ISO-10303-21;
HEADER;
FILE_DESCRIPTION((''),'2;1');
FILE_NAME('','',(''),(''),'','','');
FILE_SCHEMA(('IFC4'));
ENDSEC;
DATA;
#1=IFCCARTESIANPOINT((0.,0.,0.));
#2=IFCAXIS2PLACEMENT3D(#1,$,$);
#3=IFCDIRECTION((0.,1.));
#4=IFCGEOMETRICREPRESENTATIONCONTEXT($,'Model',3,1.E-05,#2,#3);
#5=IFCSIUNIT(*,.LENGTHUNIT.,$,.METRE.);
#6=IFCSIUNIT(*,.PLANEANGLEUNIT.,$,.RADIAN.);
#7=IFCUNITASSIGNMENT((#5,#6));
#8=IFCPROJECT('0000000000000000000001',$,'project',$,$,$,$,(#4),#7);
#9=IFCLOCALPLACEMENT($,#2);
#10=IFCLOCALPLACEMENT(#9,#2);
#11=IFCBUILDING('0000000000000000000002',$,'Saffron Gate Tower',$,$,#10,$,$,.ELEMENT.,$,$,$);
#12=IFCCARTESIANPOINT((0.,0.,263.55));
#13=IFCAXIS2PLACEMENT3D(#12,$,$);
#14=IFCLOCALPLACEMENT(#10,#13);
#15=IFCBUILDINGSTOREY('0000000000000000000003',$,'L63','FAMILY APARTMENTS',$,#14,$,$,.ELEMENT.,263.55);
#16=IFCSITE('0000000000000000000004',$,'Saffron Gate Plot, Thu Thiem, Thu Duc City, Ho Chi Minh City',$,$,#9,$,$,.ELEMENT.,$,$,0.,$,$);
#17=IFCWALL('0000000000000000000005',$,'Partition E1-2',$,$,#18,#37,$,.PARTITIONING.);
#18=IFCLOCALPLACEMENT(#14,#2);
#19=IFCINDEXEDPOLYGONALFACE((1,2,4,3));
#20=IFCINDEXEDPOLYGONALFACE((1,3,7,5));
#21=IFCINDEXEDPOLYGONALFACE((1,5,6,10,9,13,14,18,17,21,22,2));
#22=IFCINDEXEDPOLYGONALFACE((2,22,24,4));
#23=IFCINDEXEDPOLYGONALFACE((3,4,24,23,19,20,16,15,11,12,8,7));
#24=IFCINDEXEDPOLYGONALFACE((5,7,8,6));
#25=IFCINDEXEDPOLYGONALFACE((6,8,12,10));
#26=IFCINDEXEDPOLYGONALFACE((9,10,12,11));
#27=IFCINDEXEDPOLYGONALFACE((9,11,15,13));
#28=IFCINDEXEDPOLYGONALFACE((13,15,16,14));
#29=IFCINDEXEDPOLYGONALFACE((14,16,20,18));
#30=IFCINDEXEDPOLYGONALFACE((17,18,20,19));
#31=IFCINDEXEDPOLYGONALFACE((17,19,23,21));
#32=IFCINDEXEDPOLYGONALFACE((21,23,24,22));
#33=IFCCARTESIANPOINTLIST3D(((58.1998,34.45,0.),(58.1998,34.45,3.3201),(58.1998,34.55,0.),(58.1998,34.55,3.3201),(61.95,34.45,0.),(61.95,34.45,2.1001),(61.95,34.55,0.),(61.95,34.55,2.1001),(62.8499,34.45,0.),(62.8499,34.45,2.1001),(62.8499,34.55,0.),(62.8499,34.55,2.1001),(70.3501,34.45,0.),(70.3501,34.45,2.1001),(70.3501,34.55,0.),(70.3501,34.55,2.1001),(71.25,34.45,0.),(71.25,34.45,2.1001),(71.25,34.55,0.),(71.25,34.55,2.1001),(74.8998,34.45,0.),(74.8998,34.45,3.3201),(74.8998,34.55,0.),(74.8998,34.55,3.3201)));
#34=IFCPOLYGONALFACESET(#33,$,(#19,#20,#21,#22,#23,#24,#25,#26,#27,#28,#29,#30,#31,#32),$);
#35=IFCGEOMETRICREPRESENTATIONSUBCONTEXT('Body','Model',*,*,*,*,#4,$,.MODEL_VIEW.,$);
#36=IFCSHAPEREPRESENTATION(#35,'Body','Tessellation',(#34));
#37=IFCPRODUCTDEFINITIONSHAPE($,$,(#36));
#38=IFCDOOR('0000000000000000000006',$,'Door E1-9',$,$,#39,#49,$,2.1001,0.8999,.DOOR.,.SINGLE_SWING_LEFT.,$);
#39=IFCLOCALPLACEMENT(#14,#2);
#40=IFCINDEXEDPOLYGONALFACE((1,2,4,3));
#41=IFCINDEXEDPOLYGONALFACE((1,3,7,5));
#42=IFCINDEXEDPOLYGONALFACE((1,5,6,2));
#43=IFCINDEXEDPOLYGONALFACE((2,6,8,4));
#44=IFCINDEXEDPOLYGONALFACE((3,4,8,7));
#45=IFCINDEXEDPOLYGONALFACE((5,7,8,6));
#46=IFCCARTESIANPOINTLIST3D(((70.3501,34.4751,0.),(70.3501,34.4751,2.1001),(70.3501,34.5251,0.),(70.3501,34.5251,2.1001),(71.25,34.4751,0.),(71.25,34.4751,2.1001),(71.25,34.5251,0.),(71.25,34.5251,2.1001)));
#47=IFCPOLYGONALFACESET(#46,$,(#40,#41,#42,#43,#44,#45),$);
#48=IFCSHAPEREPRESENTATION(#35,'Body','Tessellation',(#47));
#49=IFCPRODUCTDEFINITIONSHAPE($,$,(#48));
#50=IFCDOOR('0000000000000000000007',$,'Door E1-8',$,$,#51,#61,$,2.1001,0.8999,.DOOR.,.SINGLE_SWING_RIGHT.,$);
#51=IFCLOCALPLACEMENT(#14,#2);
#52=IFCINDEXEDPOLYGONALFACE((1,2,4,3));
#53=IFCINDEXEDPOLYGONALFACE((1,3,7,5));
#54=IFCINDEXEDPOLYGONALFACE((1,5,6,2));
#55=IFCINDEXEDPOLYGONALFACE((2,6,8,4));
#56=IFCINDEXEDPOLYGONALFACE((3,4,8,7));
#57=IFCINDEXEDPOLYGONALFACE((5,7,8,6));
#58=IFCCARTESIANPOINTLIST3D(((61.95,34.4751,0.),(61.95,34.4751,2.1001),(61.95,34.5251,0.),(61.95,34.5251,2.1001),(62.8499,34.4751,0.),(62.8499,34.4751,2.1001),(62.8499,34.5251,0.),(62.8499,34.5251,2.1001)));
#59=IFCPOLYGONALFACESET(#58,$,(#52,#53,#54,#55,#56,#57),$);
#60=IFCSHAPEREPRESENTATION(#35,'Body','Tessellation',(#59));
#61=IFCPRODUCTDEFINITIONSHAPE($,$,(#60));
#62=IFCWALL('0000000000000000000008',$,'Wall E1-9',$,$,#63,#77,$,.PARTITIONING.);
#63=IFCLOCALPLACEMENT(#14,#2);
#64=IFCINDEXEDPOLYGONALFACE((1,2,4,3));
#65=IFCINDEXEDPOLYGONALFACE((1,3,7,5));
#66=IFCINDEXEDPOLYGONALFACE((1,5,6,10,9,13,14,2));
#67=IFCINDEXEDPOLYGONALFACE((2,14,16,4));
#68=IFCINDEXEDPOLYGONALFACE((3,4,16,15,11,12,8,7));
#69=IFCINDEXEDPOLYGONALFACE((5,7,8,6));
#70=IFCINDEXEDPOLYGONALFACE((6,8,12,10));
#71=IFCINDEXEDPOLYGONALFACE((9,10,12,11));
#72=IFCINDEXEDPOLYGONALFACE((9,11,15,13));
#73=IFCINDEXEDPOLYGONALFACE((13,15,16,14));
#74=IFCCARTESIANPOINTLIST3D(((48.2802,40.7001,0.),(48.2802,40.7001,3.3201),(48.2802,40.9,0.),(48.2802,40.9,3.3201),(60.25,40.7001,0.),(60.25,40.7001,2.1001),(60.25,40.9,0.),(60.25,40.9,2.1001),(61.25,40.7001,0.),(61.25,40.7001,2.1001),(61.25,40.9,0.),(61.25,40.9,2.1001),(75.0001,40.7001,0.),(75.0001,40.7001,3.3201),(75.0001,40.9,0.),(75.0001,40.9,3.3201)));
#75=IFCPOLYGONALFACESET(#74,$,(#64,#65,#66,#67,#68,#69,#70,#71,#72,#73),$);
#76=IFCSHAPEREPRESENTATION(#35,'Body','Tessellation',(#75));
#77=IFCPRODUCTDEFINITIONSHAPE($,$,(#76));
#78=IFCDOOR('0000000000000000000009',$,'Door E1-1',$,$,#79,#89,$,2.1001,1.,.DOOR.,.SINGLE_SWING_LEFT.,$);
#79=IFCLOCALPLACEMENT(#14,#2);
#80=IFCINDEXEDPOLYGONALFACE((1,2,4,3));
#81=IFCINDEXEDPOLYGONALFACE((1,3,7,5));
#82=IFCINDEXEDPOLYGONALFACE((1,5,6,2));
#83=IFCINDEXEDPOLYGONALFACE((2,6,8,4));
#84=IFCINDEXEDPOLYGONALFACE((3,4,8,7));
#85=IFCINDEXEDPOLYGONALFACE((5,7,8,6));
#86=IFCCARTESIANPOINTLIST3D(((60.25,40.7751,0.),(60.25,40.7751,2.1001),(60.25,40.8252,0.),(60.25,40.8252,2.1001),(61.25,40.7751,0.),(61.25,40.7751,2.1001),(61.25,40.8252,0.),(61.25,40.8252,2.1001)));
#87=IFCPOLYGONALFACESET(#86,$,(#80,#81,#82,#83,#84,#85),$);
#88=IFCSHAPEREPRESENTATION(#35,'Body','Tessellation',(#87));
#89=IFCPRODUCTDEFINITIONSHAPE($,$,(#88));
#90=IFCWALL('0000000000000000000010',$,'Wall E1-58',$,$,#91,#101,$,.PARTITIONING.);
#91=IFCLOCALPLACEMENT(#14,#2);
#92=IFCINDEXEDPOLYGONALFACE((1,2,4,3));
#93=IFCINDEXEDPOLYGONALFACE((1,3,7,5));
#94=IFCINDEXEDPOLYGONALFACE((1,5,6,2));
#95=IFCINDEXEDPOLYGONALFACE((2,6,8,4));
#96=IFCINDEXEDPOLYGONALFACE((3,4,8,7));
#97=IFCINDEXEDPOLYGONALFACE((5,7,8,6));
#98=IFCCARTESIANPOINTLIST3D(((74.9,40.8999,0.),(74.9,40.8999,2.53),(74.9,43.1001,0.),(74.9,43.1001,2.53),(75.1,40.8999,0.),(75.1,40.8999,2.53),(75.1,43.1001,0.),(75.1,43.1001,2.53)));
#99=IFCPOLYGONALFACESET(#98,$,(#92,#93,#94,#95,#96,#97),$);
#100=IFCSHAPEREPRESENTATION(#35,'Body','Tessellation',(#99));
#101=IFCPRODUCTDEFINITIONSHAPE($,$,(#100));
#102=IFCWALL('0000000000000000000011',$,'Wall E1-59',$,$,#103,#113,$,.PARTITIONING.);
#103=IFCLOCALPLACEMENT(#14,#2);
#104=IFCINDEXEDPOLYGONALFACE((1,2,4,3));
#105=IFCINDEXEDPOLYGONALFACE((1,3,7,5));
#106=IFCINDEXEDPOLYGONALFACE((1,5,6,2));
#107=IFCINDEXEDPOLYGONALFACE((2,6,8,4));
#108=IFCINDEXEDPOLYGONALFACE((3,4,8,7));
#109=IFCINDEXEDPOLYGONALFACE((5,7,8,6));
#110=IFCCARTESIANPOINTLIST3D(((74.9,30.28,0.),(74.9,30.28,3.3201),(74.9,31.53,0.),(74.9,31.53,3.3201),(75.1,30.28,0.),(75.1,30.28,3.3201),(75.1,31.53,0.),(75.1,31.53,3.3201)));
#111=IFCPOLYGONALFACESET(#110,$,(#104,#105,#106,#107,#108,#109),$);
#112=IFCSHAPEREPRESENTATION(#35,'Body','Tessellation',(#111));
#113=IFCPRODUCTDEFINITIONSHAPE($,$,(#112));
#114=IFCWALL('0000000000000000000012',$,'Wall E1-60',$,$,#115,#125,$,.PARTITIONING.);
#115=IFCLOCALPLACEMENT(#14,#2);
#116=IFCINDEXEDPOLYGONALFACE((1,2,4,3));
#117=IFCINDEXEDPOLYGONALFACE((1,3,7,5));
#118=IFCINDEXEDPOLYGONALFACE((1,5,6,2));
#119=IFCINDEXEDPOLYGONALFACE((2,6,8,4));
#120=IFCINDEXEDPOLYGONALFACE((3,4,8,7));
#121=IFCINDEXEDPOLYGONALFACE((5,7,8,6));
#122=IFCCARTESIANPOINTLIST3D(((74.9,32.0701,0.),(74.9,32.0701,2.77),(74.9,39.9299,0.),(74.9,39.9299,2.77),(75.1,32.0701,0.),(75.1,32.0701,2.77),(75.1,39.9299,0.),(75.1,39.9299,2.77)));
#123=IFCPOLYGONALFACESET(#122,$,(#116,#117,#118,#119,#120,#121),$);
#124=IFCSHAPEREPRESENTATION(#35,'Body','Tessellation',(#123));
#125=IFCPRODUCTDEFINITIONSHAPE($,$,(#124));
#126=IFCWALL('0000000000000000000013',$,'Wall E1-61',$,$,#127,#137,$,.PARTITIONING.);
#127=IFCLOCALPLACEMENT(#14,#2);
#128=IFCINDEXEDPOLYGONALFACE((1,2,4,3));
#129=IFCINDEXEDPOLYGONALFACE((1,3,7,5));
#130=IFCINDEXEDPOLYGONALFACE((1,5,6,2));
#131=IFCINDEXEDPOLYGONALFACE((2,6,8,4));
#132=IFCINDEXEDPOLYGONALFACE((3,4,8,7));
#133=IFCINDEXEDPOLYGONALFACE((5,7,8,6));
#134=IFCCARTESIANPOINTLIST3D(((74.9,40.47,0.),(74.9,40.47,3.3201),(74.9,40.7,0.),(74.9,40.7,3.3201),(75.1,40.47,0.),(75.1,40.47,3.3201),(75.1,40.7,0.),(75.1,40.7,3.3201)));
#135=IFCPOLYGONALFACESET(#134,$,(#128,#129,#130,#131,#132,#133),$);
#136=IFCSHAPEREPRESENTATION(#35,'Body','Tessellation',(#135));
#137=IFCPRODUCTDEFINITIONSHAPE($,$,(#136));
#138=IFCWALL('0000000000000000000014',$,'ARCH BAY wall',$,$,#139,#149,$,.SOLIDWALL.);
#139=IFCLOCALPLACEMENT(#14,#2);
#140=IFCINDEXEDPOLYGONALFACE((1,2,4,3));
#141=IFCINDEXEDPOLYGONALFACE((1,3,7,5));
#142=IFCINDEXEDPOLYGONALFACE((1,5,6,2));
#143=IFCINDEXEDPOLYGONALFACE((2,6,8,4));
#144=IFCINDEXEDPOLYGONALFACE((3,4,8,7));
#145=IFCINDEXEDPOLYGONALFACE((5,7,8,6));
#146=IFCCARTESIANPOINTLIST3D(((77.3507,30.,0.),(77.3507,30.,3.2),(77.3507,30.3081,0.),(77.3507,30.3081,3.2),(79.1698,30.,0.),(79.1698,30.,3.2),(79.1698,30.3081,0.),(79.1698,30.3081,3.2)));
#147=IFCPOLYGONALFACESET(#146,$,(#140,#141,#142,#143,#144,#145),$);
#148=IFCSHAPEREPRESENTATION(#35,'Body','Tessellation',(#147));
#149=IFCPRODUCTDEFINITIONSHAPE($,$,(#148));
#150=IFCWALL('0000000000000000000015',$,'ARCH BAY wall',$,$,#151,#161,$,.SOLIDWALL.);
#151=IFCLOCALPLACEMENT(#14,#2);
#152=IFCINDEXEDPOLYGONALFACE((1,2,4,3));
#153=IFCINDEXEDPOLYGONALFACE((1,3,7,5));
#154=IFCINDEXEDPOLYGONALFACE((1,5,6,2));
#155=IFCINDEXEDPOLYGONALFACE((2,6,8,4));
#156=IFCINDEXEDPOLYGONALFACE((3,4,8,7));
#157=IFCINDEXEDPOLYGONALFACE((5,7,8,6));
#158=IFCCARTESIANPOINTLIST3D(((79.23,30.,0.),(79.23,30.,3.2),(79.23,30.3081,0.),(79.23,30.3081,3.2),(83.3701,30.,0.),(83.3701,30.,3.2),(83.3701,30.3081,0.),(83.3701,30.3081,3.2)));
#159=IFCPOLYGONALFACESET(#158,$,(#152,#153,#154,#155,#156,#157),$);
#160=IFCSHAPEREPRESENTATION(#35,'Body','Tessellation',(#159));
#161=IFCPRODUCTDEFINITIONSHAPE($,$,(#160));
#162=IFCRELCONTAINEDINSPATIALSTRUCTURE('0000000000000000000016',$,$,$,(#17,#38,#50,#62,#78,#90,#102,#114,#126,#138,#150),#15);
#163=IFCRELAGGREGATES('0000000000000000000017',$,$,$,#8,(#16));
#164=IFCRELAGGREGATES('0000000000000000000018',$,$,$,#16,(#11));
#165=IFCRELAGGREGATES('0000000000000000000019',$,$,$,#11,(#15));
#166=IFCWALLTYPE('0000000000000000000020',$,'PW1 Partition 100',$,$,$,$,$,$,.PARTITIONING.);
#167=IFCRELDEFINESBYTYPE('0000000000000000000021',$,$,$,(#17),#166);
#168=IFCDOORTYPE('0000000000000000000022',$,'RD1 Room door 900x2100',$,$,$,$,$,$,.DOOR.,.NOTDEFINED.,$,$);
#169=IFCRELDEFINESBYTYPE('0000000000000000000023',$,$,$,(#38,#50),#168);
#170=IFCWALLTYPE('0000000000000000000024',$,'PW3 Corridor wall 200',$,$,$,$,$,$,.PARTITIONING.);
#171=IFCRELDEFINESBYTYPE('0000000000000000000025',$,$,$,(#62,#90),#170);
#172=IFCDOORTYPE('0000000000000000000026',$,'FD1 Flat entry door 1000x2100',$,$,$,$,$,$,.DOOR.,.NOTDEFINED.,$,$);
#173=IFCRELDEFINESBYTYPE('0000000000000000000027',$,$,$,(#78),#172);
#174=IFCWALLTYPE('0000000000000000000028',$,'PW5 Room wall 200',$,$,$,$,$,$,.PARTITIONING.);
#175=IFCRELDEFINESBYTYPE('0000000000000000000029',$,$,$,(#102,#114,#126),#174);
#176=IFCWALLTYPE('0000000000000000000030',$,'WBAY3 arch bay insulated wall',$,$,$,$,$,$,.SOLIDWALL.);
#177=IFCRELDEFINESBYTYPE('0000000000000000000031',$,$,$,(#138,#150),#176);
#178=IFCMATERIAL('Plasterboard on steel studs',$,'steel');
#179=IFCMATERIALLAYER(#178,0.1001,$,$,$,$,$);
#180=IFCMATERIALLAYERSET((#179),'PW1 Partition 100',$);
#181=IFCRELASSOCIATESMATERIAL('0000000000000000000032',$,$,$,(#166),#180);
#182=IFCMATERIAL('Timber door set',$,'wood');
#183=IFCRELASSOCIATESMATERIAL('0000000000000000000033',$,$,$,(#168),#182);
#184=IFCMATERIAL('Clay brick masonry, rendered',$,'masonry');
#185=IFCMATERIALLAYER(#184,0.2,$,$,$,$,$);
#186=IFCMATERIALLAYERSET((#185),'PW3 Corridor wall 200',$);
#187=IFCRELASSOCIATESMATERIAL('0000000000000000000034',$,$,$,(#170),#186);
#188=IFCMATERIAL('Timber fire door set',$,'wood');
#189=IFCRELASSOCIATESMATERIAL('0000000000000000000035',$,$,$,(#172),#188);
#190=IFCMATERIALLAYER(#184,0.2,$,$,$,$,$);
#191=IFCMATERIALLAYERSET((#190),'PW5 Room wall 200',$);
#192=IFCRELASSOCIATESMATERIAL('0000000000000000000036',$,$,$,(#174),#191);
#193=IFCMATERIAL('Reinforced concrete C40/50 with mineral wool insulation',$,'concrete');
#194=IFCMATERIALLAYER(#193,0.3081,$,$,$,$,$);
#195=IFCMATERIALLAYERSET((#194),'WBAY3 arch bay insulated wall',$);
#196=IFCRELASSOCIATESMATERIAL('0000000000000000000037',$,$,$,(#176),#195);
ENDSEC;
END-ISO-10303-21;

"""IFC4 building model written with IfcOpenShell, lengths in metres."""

from ifc_helpers import new_model, si_unit, direction, frame, frame_2d, origin, place, context, subcontext, project, spatial, rectangle, extrude, material, layer, layer_set, type_object, element, fill, save


model = new_model("IFC4")

# Units and contexts
model_context = context("Model", 3, precision=1e-05, world=origin(), true_north=direction((0.0, 1.0)))
body_context = subcontext(model_context, "Body", "Model", "MODEL_VIEW")
ifc_project = project(units=[si_unit("LENGTHUNIT", "METRE"), si_unit("PLANEANGLEUNIT", "RADIAN")], contexts=[model_context])

# Site, building, storey
site_placement = place(None, origin())
site = spatial("IfcSite", under=ifc_project, at=site_placement, Name="Saffron Gate Plot, Thu Thiem, Thu Duc City, Ho Chi Minh City", CompositionType="ELEMENT", RefElevation=0.0)
building_placement = place(site_placement, origin())
building = spatial("IfcBuilding", under=site, at=building_placement, Name="Saffron Gate Tower", CompositionType="ELEMENT")
storey_placement = place(building_placement, frame((0.0, 0.0, 263.55)))
storey = spatial("IfcBuildingStorey", under=building, at=storey_placement, Name="L63", Description="FAMILY APARTMENTS", CompositionType="ELEMENT", Elevation=263.55)

# Wall, openings, doors
ifc_material_1 = material(Name="Plasterboard on steel studs", Category="steel")
ifc_layer_1 = layer(ifc_material_1, 0.1001)
ifc_layer_set_1 = layer_set([ifc_layer_1], Name="PW1 Partition 100")
wall_type_1 = type_object("IfcWallType", Name="PW1 Partition 100", PredefinedType="PARTITIONING", material=ifc_layer_set_1)
wall_1_placement = place(storey_placement, frame((74.8999, 34.5, 0.0), z_axis=(0.0, 0.0, 1.0), x_axis=(-1.0, 0.0, 0.0)))
wall_1 = element("IfcWall", 1, at=wall_1_placement, inside=storey, type_object=wall_type_1, Name="Partition E1-2", PredefinedType="PARTITIONING", context=body_context, shape_type="SweptSolid", body=[
    extrude(rectangle(XDim=16.7, YDim=0.1001, at=frame_2d((8.3501, 0.0))), origin(), (0.0, 0.0, 1.0), 3.3201),
])
opening_1_placement = place(wall_1_placement, frame((3.6499, 0.0, 0.0)))
opening_1 = element("IfcOpeningElement", 2, at=opening_1_placement, cuts=wall_1, PredefinedType="OPENING", context=body_context, shape_type="SweptSolid", body=[
    extrude(rectangle(XDim=0.8999, YDim=2.1001, at=frame_2d((0.45, 1.05))), frame((0.0, 0.0601, 0.0), z_axis=(0.0, -1.0, 0.0), x_axis=(1.0, 0.0, 0.0)), (0.0, 0.0, 1.0), 0.1201),
])
opening_2_placement = place(wall_1_placement, frame((12.05, 0.0, 0.0)))
opening_2 = element("IfcOpeningElement", 3, at=opening_2_placement, cuts=wall_1, PredefinedType="OPENING", context=body_context, shape_type="SweptSolid", body=[
    extrude(rectangle(XDim=0.8999, YDim=2.1001, at=frame_2d((0.45, 1.05))), frame((0.0, 0.0601, 0.0), z_axis=(0.0, -1.0, 0.0), x_axis=(1.0, 0.0, 0.0)), (0.0, 0.0, 1.0), 0.1201),
])
ifc_material_2 = material(Name="Timber door set", Category="wood")
door_type_1 = type_object("IfcDoorType", Name="RD1 Room door 900x2100", OperationType="NOTDEFINED", PredefinedType="DOOR", material=ifc_material_2)
door_1_placement = place(opening_1_placement, origin())
door_1 = element("IfcDoor", 4, at=door_1_placement, inside=storey, type_object=door_type_1, Name="Door E1-9", OperationType="SINGLE_SWING_LEFT", OverallHeight=2.1001, OverallWidth=0.8999, PredefinedType="DOOR", context=body_context, shape_type="SweptSolid", body=[
    extrude(rectangle(XDim=0.8999, YDim=2.1001, at=frame_2d((0.45, 1.05))), frame((0.0, 0.0249, 0.0), z_axis=(0.0, -1.0, 0.0), x_axis=(1.0, 0.0, 0.0)), (0.0, 0.0, 1.0), 0.05),
])
fill(opening_1, door_1)
door_2_placement = place(opening_2_placement, origin())
door_2 = element("IfcDoor", 5, at=door_2_placement, inside=storey, type_object=door_type_1, Name="Door E1-8", OperationType="SINGLE_SWING_RIGHT", OverallHeight=2.1001, OverallWidth=0.8999, PredefinedType="DOOR", context=body_context, shape_type="SweptSolid", body=[
    extrude(rectangle(XDim=0.8999, YDim=2.1001, at=frame_2d((0.45, 1.05))), frame((0.0, 0.0249, 0.0), z_axis=(0.0, -1.0, 0.0), x_axis=(1.0, 0.0, 0.0)), (0.0, 0.0, 1.0), 0.05),
])
fill(opening_2, door_2)

# Wall, opening, door
ifc_material_3 = material(Name="Clay brick masonry, rendered", Category="masonry")
ifc_layer_2 = layer(ifc_material_3, 0.2)
ifc_layer_set_2 = layer_set([ifc_layer_2], Name="PW3 Corridor wall 200")
wall_type_2 = type_object("IfcWallType", Name="PW3 Corridor wall 200", PredefinedType="PARTITIONING", material=ifc_layer_set_2)
wall_2_placement = place(storey_placement, frame((75.0, 40.8, 0.0), z_axis=(0.0, 0.0, 1.0), x_axis=(-1.0, 0.0, 0.0)))
wall_2 = element("IfcWall", 6, at=wall_2_placement, inside=storey, type_object=wall_type_2, Name="Wall E1-9", PredefinedType="PARTITIONING", context=body_context, shape_type="SweptSolid", body=[
    extrude(rectangle(XDim=26.72, YDim=0.2, at=frame_2d((13.3599, 0.0))), origin(), (0.0, 0.0, 1.0), 3.3201),
])
opening_3_placement = place(wall_2_placement, frame((13.75, 0.0, 0.0)))
opening_3 = element("IfcOpeningElement", 7, at=opening_3_placement, cuts=wall_2, PredefinedType="OPENING", context=body_context, shape_type="SweptSolid", body=[
    extrude(rectangle(XDim=1.0, YDim=2.1001, at=frame_2d((0.5, 1.05))), frame((0.0, 0.1099, 0.0), z_axis=(0.0, -1.0, 0.0), x_axis=(1.0, 0.0, 0.0)), (0.0, 0.0, 1.0), 0.22),
])
ifc_material_4 = material(Name="Timber fire door set", Category="wood")
door_type_2 = type_object("IfcDoorType", Name="FD1 Flat entry door 1000x2100", OperationType="NOTDEFINED", PredefinedType="DOOR", material=ifc_material_4)
door_3_placement = place(opening_3_placement, origin())
door_3 = element("IfcDoor", 8, at=door_3_placement, inside=storey, type_object=door_type_2, Name="Door E1-1", OperationType="SINGLE_SWING_LEFT", OverallHeight=2.1001, OverallWidth=1.0, PredefinedType="DOOR", context=body_context, shape_type="SweptSolid", body=[
    extrude(rectangle(XDim=1.0, YDim=2.1001, at=frame_2d((0.5, 1.05))), frame((0.0, 0.0249, 0.0), z_axis=(0.0, -1.0, 0.0), x_axis=(1.0, 0.0, 0.0)), (0.0, 0.0, 1.0), 0.05),
])
fill(opening_3, door_3)

# Walls
wall_3_placement = place(storey_placement, frame((75.0, 43.1001, 0.0), z_axis=(0.0, 0.0, 1.0), x_axis=(0.0, -1.0, 0.0)))
element("IfcWall", 9, at=wall_3_placement, inside=storey, type_object=wall_type_2, Name="Wall E1-58", PredefinedType="PARTITIONING", context=body_context, shape_type="SweptSolid", body=[
    extrude(rectangle(XDim=2.2002, YDim=0.2, at=frame_2d((1.1001, 0.0))), origin(), (0.0, 0.0, 1.0), 2.53),
])
ifc_layer_3 = layer(ifc_material_3, 0.2)
ifc_layer_set_3 = layer_set([ifc_layer_3], Name="PW5 Room wall 200")
wall_type_3 = type_object("IfcWallType", Name="PW5 Room wall 200", PredefinedType="PARTITIONING", material=ifc_layer_set_3)
wall_4_placement = place(storey_placement, frame((75.0, 31.53, 0.0), z_axis=(0.0, 0.0, 1.0), x_axis=(0.0, -1.0, 0.0)))
element("IfcWall", 10, at=wall_4_placement, inside=storey, type_object=wall_type_3, Name="Wall E1-59", PredefinedType="PARTITIONING", context=body_context, shape_type="SweptSolid", body=[
    extrude(rectangle(XDim=1.25, YDim=0.2, at=frame_2d((0.625, 0.0))), origin(), (0.0, 0.0, 1.0), 3.3201),
])
wall_5_placement = place(storey_placement, frame((75.0, 39.9299, 0.0), z_axis=(0.0, 0.0, 1.0), x_axis=(0.0, -1.0, 0.0)))
element("IfcWall", 11, at=wall_5_placement, inside=storey, type_object=wall_type_3, Name="Wall E1-60", PredefinedType="PARTITIONING", context=body_context, shape_type="SweptSolid", body=[
    extrude(rectangle(XDim=7.8599, YDim=0.2, at=frame_2d((3.9299, 0.0))), origin(), (0.0, 0.0, 1.0), 2.77),
])
wall_6_placement = place(storey_placement, frame((75.0, 40.7, 0.0), z_axis=(0.0, 0.0, 1.0), x_axis=(0.0, -1.0, 0.0)))
element("IfcWall", 12, at=wall_6_placement, inside=storey, type_object=wall_type_3, Name="Wall E1-61", PredefinedType="PARTITIONING", context=body_context, shape_type="SweptSolid", body=[
    extrude(rectangle(XDim=0.23, YDim=0.2, at=frame_2d((0.115, 0.0))), origin(), (0.0, 0.0, 1.0), 3.3201),
])
ifc_material_5 = material(Name="Reinforced concrete C40/50 with mineral wool insulation", Category="concrete")
ifc_layer_4 = layer(ifc_material_5, 0.3081)
ifc_layer_set_4 = layer_set([ifc_layer_4], Name="WBAY3 arch bay insulated wall")
wall_type_4 = type_object("IfcWallType", Name="WBAY3 arch bay insulated wall", PredefinedType="SOLIDWALL", material=ifc_layer_set_4)
wall_7_placement = place(storey_placement, frame((79.1699, 30.1541, 0.0), z_axis=(0.0, 0.0, 1.0), x_axis=(-1.0, 0.0, 0.0)))
element("IfcWall", 13, at=wall_7_placement, inside=storey, type_object=wall_type_4, Name="ARCH BAY wall", PredefinedType="SOLIDWALL", context=body_context, shape_type="SweptSolid", body=[
    extrude(rectangle(XDim=1.8191, YDim=0.3081, at=frame_2d((0.9097, 0.0))), origin(), (0.0, 0.0, 1.0), 3.2),
])
wall_8_placement = place(storey_placement, frame((83.3701, 30.1541, 0.0), z_axis=(0.0, 0.0, 1.0), x_axis=(-1.0, 0.0, 0.0)))
element("IfcWall", 14, at=wall_8_placement, inside=storey, type_object=wall_type_4, Name="ARCH BAY wall", PredefinedType="SOLIDWALL", context=body_context, shape_type="SweptSolid", body=[
    extrude(rectangle(XDim=4.1401, YDim=0.3081, at=frame_2d((2.0701, 0.0))), origin(), (0.0, 0.0, 1.0), 3.2),
])

save(model, "model.ifc")
